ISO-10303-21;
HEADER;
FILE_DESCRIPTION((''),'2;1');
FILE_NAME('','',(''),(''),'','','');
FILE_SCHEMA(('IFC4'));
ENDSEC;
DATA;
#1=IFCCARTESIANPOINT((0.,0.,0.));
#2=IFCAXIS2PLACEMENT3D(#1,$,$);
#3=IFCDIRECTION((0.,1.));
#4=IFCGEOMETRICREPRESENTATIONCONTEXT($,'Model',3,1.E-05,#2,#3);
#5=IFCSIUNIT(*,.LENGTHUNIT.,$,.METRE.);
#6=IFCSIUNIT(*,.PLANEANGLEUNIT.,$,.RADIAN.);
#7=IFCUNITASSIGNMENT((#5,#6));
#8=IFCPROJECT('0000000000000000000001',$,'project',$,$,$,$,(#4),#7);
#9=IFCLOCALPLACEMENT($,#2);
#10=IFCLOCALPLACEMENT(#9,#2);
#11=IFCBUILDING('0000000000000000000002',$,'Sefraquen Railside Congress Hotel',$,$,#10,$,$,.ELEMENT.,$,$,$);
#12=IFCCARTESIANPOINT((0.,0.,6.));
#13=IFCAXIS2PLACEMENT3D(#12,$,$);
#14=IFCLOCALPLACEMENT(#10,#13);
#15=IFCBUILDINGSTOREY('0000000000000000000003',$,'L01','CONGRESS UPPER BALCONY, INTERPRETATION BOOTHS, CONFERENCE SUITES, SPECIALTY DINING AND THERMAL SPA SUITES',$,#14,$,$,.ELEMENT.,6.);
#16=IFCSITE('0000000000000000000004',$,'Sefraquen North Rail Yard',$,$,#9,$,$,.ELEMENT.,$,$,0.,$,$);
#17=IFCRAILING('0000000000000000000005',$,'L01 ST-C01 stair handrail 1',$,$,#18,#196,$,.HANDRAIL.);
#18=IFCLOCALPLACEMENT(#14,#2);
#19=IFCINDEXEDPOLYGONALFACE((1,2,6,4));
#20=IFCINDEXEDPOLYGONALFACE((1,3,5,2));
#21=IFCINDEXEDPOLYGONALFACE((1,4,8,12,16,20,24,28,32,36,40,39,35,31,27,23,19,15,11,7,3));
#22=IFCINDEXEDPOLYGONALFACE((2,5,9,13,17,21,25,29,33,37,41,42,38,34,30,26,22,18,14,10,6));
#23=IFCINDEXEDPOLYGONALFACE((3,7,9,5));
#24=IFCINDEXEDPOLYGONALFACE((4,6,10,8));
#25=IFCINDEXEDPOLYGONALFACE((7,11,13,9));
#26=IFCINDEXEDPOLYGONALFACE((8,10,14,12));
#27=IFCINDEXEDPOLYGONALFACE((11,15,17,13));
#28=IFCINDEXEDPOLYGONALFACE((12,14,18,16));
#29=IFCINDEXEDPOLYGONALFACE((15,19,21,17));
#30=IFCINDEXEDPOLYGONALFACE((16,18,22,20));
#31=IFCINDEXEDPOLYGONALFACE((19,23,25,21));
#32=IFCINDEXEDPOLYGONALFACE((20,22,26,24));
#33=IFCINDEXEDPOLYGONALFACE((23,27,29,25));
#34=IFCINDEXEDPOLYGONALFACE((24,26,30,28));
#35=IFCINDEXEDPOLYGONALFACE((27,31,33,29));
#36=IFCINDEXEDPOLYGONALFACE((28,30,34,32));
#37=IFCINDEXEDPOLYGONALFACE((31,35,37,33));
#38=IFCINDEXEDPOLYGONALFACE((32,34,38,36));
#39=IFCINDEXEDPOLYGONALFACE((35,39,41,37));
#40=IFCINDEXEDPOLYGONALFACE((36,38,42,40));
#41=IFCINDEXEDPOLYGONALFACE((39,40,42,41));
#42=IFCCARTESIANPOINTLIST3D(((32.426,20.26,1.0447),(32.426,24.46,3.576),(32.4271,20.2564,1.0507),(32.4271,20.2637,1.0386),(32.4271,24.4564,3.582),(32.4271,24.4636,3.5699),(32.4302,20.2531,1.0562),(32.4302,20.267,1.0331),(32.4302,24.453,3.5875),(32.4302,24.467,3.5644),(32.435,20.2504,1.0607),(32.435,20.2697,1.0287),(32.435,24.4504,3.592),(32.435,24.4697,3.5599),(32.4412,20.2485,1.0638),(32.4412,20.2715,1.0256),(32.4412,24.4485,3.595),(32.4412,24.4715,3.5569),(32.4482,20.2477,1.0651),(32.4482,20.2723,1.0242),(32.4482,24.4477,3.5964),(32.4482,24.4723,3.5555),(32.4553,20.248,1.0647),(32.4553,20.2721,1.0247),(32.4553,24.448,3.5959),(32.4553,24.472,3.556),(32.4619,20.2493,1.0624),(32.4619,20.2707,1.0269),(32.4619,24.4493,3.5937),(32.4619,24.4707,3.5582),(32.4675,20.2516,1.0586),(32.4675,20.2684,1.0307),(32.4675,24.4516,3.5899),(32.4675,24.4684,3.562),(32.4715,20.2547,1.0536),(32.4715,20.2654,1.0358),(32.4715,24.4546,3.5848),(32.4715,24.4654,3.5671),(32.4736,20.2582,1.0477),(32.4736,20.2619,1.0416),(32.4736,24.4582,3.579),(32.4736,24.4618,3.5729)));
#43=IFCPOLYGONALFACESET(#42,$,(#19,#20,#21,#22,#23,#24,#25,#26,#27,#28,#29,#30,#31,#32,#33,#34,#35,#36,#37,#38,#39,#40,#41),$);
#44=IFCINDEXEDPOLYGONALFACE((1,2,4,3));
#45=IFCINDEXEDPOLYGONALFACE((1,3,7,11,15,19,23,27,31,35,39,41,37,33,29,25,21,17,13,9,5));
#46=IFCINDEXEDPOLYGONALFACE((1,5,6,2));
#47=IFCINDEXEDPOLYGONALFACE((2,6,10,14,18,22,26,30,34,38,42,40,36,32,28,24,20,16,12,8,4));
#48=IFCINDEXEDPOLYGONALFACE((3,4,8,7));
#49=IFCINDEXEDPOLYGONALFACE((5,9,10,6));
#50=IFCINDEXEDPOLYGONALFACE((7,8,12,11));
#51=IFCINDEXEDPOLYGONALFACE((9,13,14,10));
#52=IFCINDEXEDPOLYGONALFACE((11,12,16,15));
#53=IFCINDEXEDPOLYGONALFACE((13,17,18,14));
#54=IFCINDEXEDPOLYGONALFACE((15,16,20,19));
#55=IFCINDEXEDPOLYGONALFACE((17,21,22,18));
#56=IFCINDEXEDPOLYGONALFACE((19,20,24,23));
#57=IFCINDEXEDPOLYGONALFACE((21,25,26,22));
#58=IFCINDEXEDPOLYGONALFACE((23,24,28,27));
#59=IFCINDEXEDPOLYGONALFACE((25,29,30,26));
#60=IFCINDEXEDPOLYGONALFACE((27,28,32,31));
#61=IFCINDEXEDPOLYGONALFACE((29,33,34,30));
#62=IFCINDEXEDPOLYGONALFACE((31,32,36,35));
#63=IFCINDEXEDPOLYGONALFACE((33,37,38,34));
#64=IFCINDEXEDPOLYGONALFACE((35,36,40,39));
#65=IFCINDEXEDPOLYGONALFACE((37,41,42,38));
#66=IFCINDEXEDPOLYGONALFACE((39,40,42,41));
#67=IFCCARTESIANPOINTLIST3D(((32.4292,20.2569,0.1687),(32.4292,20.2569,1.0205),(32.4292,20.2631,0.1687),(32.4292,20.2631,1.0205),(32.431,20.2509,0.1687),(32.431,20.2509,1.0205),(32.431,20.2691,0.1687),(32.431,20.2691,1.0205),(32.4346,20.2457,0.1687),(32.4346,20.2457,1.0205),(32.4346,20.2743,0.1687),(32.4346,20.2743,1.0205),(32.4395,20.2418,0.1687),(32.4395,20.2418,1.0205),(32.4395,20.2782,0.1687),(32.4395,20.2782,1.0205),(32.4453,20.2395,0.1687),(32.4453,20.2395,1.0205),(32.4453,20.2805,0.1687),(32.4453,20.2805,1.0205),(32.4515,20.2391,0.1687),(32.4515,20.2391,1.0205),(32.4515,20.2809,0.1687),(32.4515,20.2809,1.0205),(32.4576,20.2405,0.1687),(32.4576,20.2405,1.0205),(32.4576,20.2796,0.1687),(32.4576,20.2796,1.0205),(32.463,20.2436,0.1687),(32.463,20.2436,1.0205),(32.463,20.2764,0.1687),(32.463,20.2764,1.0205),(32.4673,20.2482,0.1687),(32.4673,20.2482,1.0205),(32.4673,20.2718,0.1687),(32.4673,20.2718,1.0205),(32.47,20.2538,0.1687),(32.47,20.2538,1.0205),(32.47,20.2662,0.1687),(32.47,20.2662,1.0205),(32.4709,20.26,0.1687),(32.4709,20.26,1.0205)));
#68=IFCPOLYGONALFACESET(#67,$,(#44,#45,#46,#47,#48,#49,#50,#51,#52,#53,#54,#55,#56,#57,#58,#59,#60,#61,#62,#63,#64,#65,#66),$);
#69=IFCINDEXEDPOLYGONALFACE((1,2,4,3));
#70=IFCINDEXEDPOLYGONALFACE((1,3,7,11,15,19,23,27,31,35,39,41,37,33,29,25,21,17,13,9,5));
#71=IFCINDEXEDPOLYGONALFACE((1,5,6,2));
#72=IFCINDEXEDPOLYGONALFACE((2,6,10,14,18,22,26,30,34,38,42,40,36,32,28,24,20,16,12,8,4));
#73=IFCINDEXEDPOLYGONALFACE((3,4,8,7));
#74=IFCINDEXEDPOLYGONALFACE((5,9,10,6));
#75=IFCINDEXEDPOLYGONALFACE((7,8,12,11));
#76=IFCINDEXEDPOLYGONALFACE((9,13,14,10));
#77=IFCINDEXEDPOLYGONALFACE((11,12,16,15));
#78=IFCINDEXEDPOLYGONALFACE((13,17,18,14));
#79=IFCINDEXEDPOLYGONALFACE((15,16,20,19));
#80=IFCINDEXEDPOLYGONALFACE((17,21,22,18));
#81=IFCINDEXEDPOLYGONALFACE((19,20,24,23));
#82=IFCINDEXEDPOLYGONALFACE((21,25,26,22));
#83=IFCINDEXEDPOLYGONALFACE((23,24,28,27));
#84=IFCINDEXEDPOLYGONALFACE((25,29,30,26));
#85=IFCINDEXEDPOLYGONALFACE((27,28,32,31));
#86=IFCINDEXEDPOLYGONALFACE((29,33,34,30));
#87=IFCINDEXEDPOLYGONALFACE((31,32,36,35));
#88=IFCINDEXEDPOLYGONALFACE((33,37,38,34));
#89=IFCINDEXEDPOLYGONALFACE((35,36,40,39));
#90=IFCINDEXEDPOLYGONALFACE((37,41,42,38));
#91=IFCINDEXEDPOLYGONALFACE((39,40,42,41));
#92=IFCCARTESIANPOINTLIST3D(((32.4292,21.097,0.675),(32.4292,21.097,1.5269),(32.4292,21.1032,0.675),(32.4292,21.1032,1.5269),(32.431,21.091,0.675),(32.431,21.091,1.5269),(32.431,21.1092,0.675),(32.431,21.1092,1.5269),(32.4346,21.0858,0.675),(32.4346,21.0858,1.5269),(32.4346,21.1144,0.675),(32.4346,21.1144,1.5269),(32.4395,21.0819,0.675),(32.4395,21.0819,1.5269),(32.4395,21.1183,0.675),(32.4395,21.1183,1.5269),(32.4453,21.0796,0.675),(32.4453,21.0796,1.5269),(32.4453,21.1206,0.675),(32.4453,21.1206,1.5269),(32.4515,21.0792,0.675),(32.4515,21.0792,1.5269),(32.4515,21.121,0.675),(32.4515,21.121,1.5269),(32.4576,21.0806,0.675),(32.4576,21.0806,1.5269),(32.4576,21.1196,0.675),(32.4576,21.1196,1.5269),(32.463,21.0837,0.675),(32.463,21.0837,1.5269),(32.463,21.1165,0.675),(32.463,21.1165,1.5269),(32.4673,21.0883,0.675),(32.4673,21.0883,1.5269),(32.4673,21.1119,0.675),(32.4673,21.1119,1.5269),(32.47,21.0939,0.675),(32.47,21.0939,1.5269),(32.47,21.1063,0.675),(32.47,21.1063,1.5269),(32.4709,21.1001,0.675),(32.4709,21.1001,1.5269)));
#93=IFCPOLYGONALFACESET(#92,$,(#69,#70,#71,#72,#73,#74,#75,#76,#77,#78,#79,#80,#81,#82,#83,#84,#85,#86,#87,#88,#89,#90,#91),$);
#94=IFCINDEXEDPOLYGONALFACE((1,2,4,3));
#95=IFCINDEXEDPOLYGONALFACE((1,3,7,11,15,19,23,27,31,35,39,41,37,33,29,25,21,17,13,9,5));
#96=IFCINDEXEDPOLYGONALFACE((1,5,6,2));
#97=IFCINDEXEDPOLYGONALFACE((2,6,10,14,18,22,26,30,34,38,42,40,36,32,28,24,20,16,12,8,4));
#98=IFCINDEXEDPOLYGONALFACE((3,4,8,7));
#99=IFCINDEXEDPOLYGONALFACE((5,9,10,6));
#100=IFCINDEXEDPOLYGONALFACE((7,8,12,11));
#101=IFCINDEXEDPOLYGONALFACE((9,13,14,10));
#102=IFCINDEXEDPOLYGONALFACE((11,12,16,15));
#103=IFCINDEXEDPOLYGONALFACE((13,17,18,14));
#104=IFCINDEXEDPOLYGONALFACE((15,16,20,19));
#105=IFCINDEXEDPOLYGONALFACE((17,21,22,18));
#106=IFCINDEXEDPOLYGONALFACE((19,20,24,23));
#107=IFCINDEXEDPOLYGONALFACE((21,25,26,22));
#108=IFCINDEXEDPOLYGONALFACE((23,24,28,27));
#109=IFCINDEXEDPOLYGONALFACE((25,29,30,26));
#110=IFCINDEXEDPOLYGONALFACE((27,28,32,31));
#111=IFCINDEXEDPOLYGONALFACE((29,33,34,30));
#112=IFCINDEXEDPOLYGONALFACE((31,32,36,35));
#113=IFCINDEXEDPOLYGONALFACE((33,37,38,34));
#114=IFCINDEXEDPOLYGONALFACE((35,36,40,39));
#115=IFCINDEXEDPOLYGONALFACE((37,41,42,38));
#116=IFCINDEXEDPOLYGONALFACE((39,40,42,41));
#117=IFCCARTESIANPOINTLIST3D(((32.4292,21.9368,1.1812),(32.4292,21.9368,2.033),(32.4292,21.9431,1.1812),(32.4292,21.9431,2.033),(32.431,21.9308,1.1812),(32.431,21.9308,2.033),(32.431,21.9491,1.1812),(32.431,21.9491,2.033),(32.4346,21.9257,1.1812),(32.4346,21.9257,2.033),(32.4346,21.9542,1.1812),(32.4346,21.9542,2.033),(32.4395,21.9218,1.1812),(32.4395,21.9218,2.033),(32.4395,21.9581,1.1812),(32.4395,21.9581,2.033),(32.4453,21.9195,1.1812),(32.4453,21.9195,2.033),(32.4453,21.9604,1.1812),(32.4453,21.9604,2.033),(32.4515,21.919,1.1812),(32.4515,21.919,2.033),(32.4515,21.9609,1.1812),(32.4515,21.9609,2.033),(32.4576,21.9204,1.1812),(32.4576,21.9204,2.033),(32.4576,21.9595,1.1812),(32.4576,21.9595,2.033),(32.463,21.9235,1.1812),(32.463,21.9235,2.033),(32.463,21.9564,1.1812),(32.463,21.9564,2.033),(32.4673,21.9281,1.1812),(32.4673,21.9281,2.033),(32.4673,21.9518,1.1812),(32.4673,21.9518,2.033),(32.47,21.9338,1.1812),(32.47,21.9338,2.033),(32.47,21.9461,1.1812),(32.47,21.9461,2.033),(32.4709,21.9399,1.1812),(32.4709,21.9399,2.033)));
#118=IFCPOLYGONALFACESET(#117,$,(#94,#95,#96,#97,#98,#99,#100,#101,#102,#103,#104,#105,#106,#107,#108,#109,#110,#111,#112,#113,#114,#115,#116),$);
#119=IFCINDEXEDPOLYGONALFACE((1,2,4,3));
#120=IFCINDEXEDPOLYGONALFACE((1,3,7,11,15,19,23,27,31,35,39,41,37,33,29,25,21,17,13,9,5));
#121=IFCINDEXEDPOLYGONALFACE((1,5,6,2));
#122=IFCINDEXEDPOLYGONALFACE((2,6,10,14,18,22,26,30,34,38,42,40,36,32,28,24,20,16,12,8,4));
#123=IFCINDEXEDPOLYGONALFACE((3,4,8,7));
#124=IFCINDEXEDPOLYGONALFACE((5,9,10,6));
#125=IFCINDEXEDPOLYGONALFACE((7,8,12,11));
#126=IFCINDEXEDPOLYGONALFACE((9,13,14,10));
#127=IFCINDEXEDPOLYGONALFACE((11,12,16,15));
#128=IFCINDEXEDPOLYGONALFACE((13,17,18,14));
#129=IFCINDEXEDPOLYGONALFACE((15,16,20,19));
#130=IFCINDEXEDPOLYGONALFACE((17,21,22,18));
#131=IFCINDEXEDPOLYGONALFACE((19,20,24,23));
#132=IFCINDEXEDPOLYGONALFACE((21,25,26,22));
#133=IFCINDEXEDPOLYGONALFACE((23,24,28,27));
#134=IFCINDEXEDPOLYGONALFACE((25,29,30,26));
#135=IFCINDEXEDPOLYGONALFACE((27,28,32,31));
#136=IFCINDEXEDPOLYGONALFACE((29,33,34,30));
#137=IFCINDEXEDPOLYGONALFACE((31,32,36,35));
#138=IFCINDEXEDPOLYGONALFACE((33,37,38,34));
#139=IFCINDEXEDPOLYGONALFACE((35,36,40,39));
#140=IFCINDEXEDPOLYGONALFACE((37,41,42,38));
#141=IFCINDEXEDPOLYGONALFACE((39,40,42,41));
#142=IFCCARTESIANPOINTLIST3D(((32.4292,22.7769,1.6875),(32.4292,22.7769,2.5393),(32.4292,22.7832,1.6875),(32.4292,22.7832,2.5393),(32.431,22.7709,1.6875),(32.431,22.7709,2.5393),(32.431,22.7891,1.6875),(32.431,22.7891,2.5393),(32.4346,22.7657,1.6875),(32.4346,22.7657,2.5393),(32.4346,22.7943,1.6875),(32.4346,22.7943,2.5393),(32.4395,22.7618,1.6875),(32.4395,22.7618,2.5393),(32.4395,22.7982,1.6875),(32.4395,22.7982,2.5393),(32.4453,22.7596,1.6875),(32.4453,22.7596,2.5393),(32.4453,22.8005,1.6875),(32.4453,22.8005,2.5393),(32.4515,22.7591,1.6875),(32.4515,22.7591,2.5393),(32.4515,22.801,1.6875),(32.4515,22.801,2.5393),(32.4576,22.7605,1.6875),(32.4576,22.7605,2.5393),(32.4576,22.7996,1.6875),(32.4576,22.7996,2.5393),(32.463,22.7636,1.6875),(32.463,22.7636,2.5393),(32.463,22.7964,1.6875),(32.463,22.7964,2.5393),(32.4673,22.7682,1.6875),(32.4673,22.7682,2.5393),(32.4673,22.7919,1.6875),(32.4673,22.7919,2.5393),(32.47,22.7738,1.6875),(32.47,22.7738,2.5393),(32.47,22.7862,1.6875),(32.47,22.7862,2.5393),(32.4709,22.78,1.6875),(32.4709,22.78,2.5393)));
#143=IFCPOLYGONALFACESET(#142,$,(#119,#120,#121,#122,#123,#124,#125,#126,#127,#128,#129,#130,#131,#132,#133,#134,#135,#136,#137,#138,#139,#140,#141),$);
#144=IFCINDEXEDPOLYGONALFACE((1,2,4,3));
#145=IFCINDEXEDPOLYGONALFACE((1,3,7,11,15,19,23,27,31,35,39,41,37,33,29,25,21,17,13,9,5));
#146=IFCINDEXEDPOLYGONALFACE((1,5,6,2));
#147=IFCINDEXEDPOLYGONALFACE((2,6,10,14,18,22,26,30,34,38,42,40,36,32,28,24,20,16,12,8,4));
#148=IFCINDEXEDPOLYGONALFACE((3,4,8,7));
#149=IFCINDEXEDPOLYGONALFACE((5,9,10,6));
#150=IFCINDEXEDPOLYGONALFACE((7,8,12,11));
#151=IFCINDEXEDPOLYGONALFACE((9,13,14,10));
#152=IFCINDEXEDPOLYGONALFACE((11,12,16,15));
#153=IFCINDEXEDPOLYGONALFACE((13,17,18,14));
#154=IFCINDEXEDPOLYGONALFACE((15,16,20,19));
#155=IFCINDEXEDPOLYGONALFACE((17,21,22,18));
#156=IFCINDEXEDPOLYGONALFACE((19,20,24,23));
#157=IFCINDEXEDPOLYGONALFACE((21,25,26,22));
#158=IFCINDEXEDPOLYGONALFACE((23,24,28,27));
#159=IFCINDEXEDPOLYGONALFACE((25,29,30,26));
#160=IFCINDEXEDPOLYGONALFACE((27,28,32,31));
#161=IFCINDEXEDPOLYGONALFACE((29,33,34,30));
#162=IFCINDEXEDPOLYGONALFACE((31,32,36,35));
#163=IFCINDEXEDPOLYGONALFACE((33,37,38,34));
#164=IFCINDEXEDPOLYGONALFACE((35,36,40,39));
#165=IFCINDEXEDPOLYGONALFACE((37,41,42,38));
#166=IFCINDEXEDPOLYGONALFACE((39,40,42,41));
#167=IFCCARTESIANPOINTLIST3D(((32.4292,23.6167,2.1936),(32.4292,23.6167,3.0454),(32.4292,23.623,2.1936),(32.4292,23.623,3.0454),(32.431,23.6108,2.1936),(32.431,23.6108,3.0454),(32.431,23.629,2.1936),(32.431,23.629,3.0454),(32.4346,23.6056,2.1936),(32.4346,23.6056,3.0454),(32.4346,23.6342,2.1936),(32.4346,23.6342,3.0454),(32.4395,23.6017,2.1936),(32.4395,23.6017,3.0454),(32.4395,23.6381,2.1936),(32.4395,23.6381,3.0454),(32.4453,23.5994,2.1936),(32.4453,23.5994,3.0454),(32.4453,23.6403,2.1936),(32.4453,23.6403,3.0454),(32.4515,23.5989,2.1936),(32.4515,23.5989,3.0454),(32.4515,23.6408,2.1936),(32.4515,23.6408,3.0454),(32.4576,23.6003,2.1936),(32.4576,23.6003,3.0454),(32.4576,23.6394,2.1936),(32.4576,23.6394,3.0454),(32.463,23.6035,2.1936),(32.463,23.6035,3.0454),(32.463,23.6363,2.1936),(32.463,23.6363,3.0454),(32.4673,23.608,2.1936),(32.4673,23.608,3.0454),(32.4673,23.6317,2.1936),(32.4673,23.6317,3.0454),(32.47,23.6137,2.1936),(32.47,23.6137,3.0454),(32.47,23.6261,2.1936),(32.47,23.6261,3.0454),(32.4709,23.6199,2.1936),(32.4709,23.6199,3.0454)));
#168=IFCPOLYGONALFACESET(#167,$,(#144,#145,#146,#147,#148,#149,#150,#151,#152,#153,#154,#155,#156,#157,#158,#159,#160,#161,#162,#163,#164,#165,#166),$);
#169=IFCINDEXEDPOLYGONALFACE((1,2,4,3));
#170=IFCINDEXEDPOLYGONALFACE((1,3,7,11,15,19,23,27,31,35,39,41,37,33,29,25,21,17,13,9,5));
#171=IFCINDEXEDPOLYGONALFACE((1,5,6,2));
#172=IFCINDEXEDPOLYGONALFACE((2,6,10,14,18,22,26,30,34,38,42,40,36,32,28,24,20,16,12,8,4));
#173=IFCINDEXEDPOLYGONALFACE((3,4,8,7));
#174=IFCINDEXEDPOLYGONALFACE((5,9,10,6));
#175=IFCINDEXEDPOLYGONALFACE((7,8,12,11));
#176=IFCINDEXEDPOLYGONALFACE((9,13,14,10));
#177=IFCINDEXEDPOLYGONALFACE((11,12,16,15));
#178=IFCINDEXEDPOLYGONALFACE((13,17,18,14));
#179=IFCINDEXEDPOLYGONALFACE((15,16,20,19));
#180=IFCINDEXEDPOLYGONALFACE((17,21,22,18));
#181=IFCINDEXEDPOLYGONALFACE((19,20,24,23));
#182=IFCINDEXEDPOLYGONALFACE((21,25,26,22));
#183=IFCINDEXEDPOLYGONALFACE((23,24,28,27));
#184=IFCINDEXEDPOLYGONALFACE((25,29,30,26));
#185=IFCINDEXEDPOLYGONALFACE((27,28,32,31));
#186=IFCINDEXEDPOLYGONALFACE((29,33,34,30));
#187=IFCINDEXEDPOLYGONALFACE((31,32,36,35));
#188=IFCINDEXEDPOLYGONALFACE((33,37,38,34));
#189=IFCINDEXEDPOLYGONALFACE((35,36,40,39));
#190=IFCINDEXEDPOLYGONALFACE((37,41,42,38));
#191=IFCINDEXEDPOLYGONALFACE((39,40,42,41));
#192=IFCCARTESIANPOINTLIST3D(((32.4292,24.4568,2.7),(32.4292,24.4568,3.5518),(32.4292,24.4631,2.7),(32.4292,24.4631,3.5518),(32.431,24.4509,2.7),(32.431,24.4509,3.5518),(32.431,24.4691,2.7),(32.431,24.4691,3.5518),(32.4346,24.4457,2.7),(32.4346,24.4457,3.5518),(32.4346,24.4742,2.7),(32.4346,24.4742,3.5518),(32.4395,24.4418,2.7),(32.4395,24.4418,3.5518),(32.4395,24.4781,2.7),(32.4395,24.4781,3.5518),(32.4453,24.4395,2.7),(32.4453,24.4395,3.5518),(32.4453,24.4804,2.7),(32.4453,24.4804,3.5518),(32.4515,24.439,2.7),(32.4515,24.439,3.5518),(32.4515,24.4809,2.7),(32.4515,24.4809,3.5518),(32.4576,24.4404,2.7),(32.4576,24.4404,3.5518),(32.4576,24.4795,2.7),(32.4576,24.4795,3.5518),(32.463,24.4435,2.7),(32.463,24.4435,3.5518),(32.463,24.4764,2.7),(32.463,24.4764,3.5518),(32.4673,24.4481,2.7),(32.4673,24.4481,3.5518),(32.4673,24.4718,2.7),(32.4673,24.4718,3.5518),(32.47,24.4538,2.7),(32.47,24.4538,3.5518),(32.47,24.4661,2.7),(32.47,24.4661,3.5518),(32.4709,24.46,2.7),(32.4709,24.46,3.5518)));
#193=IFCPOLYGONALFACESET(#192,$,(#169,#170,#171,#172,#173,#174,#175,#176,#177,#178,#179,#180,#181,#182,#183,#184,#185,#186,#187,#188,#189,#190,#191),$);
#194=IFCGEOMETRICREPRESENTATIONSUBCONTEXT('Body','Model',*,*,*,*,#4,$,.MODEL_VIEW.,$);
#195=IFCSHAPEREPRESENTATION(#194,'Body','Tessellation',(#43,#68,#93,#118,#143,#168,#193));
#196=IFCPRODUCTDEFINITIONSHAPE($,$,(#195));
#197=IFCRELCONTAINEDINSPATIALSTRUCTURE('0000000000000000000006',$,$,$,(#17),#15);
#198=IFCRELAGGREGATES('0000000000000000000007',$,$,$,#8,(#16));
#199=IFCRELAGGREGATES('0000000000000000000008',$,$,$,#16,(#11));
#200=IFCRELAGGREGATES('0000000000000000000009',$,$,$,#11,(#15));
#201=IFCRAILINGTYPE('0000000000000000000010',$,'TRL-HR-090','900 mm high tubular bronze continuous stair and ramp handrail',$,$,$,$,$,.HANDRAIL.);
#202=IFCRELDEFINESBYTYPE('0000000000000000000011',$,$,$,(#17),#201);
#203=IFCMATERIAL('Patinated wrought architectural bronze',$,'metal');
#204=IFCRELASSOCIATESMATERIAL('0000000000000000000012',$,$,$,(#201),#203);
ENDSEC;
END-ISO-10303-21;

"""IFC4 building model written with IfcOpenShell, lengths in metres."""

from ifc_helpers import new_model, si_unit, direction, frame, origin, origin_2d, place, context, subcontext, project, spatial, circle, extrude, material, type_object, element, save


model = new_model("IFC4")

# Units and contexts
model_context = context("Model", 3, precision=1e-05, world=origin(), true_north=direction((0.0, 1.0)))
body_context = subcontext(model_context, "Body", "Model", "MODEL_VIEW")
ifc_project = project(units=[si_unit("LENGTHUNIT", "METRE"), si_unit("PLANEANGLEUNIT", "RADIAN")], contexts=[model_context])

# Site, building, storey
site_placement = place(None, origin())
site = spatial("IfcSite", under=ifc_project, at=site_placement, Name="Sefraquen North Rail Yard", CompositionType="ELEMENT", RefElevation=0.0)
building_placement = place(site_placement, origin())
building = spatial("IfcBuilding", under=site, at=building_placement, Name="Sefraquen Railside Congress Hotel", CompositionType="ELEMENT")
storey_placement = place(building_placement, frame((0.0, 0.0, 6.0)))
storey = spatial("IfcBuildingStorey", under=building, at=storey_placement, Name="L01", Description="CONGRESS UPPER BALCONY, INTERPRETATION BOOTHS, CONFERENCE SUITES, SPECIALTY DINING AND THERMAL SPA SUITES", CompositionType="ELEMENT", Elevation=6.0)

# Railing
ifc_material_1 = material(Name="Patinated wrought architectural bronze", Category="metal")
railing_type_1 = type_object("IfcRailingType", Name="TRL-HR-090", Description="900 mm high tubular bronze continuous stair and ramp handrail", PredefinedType="HANDRAIL", material=ifc_material_1)
railing_1_placement = place(storey_placement, frame((32.45, 20.26, 0.1687)))
element("IfcRailing", 1, at=railing_1_placement, inside=storey, type_object=railing_type_1, Name="L01 ST-C01 stair handrail 1", PredefinedType="HANDRAIL", context=body_context, shape_type="SweptSolid", body=[
    extrude(circle(Radius=0.0239, at=origin_2d()), frame((0.0, 0.0, 0.876), z_axis=(0.0, 0.856476, 0.516186), x_axis=(-1.0, 0.0, 0.0)), (0.0, 0.0, 1.0), 4.9038),
    extrude(circle(Radius=0.021, at=origin_2d()), origin(), (0.0, 0.0, 1.0), 0.8518),
    extrude(circle(Radius=0.021, at=origin_2d()), frame((0.0, 0.8401, 0.5063)), (0.0, 0.0, 1.0), 0.8518),
    extrude(circle(Radius=0.021, at=origin_2d()), frame((0.0, 1.6799, 1.0125)), (0.0, 0.0, 1.0), 0.8518),
    extrude(circle(Radius=0.021, at=origin_2d()), frame((0.0, 2.52, 1.5188)), (0.0, 0.0, 1.0), 0.8518),
    extrude(circle(Radius=0.021, at=origin_2d()), frame((0.0, 3.3599, 2.0249)), (0.0, 0.0, 1.0), 0.8518),
    extrude(circle(Radius=0.021, at=origin_2d()), frame((0.0, 4.2, 2.5312)), (0.0, 0.0, 1.0), 0.8518),
])

save(model, "model.ifc")
